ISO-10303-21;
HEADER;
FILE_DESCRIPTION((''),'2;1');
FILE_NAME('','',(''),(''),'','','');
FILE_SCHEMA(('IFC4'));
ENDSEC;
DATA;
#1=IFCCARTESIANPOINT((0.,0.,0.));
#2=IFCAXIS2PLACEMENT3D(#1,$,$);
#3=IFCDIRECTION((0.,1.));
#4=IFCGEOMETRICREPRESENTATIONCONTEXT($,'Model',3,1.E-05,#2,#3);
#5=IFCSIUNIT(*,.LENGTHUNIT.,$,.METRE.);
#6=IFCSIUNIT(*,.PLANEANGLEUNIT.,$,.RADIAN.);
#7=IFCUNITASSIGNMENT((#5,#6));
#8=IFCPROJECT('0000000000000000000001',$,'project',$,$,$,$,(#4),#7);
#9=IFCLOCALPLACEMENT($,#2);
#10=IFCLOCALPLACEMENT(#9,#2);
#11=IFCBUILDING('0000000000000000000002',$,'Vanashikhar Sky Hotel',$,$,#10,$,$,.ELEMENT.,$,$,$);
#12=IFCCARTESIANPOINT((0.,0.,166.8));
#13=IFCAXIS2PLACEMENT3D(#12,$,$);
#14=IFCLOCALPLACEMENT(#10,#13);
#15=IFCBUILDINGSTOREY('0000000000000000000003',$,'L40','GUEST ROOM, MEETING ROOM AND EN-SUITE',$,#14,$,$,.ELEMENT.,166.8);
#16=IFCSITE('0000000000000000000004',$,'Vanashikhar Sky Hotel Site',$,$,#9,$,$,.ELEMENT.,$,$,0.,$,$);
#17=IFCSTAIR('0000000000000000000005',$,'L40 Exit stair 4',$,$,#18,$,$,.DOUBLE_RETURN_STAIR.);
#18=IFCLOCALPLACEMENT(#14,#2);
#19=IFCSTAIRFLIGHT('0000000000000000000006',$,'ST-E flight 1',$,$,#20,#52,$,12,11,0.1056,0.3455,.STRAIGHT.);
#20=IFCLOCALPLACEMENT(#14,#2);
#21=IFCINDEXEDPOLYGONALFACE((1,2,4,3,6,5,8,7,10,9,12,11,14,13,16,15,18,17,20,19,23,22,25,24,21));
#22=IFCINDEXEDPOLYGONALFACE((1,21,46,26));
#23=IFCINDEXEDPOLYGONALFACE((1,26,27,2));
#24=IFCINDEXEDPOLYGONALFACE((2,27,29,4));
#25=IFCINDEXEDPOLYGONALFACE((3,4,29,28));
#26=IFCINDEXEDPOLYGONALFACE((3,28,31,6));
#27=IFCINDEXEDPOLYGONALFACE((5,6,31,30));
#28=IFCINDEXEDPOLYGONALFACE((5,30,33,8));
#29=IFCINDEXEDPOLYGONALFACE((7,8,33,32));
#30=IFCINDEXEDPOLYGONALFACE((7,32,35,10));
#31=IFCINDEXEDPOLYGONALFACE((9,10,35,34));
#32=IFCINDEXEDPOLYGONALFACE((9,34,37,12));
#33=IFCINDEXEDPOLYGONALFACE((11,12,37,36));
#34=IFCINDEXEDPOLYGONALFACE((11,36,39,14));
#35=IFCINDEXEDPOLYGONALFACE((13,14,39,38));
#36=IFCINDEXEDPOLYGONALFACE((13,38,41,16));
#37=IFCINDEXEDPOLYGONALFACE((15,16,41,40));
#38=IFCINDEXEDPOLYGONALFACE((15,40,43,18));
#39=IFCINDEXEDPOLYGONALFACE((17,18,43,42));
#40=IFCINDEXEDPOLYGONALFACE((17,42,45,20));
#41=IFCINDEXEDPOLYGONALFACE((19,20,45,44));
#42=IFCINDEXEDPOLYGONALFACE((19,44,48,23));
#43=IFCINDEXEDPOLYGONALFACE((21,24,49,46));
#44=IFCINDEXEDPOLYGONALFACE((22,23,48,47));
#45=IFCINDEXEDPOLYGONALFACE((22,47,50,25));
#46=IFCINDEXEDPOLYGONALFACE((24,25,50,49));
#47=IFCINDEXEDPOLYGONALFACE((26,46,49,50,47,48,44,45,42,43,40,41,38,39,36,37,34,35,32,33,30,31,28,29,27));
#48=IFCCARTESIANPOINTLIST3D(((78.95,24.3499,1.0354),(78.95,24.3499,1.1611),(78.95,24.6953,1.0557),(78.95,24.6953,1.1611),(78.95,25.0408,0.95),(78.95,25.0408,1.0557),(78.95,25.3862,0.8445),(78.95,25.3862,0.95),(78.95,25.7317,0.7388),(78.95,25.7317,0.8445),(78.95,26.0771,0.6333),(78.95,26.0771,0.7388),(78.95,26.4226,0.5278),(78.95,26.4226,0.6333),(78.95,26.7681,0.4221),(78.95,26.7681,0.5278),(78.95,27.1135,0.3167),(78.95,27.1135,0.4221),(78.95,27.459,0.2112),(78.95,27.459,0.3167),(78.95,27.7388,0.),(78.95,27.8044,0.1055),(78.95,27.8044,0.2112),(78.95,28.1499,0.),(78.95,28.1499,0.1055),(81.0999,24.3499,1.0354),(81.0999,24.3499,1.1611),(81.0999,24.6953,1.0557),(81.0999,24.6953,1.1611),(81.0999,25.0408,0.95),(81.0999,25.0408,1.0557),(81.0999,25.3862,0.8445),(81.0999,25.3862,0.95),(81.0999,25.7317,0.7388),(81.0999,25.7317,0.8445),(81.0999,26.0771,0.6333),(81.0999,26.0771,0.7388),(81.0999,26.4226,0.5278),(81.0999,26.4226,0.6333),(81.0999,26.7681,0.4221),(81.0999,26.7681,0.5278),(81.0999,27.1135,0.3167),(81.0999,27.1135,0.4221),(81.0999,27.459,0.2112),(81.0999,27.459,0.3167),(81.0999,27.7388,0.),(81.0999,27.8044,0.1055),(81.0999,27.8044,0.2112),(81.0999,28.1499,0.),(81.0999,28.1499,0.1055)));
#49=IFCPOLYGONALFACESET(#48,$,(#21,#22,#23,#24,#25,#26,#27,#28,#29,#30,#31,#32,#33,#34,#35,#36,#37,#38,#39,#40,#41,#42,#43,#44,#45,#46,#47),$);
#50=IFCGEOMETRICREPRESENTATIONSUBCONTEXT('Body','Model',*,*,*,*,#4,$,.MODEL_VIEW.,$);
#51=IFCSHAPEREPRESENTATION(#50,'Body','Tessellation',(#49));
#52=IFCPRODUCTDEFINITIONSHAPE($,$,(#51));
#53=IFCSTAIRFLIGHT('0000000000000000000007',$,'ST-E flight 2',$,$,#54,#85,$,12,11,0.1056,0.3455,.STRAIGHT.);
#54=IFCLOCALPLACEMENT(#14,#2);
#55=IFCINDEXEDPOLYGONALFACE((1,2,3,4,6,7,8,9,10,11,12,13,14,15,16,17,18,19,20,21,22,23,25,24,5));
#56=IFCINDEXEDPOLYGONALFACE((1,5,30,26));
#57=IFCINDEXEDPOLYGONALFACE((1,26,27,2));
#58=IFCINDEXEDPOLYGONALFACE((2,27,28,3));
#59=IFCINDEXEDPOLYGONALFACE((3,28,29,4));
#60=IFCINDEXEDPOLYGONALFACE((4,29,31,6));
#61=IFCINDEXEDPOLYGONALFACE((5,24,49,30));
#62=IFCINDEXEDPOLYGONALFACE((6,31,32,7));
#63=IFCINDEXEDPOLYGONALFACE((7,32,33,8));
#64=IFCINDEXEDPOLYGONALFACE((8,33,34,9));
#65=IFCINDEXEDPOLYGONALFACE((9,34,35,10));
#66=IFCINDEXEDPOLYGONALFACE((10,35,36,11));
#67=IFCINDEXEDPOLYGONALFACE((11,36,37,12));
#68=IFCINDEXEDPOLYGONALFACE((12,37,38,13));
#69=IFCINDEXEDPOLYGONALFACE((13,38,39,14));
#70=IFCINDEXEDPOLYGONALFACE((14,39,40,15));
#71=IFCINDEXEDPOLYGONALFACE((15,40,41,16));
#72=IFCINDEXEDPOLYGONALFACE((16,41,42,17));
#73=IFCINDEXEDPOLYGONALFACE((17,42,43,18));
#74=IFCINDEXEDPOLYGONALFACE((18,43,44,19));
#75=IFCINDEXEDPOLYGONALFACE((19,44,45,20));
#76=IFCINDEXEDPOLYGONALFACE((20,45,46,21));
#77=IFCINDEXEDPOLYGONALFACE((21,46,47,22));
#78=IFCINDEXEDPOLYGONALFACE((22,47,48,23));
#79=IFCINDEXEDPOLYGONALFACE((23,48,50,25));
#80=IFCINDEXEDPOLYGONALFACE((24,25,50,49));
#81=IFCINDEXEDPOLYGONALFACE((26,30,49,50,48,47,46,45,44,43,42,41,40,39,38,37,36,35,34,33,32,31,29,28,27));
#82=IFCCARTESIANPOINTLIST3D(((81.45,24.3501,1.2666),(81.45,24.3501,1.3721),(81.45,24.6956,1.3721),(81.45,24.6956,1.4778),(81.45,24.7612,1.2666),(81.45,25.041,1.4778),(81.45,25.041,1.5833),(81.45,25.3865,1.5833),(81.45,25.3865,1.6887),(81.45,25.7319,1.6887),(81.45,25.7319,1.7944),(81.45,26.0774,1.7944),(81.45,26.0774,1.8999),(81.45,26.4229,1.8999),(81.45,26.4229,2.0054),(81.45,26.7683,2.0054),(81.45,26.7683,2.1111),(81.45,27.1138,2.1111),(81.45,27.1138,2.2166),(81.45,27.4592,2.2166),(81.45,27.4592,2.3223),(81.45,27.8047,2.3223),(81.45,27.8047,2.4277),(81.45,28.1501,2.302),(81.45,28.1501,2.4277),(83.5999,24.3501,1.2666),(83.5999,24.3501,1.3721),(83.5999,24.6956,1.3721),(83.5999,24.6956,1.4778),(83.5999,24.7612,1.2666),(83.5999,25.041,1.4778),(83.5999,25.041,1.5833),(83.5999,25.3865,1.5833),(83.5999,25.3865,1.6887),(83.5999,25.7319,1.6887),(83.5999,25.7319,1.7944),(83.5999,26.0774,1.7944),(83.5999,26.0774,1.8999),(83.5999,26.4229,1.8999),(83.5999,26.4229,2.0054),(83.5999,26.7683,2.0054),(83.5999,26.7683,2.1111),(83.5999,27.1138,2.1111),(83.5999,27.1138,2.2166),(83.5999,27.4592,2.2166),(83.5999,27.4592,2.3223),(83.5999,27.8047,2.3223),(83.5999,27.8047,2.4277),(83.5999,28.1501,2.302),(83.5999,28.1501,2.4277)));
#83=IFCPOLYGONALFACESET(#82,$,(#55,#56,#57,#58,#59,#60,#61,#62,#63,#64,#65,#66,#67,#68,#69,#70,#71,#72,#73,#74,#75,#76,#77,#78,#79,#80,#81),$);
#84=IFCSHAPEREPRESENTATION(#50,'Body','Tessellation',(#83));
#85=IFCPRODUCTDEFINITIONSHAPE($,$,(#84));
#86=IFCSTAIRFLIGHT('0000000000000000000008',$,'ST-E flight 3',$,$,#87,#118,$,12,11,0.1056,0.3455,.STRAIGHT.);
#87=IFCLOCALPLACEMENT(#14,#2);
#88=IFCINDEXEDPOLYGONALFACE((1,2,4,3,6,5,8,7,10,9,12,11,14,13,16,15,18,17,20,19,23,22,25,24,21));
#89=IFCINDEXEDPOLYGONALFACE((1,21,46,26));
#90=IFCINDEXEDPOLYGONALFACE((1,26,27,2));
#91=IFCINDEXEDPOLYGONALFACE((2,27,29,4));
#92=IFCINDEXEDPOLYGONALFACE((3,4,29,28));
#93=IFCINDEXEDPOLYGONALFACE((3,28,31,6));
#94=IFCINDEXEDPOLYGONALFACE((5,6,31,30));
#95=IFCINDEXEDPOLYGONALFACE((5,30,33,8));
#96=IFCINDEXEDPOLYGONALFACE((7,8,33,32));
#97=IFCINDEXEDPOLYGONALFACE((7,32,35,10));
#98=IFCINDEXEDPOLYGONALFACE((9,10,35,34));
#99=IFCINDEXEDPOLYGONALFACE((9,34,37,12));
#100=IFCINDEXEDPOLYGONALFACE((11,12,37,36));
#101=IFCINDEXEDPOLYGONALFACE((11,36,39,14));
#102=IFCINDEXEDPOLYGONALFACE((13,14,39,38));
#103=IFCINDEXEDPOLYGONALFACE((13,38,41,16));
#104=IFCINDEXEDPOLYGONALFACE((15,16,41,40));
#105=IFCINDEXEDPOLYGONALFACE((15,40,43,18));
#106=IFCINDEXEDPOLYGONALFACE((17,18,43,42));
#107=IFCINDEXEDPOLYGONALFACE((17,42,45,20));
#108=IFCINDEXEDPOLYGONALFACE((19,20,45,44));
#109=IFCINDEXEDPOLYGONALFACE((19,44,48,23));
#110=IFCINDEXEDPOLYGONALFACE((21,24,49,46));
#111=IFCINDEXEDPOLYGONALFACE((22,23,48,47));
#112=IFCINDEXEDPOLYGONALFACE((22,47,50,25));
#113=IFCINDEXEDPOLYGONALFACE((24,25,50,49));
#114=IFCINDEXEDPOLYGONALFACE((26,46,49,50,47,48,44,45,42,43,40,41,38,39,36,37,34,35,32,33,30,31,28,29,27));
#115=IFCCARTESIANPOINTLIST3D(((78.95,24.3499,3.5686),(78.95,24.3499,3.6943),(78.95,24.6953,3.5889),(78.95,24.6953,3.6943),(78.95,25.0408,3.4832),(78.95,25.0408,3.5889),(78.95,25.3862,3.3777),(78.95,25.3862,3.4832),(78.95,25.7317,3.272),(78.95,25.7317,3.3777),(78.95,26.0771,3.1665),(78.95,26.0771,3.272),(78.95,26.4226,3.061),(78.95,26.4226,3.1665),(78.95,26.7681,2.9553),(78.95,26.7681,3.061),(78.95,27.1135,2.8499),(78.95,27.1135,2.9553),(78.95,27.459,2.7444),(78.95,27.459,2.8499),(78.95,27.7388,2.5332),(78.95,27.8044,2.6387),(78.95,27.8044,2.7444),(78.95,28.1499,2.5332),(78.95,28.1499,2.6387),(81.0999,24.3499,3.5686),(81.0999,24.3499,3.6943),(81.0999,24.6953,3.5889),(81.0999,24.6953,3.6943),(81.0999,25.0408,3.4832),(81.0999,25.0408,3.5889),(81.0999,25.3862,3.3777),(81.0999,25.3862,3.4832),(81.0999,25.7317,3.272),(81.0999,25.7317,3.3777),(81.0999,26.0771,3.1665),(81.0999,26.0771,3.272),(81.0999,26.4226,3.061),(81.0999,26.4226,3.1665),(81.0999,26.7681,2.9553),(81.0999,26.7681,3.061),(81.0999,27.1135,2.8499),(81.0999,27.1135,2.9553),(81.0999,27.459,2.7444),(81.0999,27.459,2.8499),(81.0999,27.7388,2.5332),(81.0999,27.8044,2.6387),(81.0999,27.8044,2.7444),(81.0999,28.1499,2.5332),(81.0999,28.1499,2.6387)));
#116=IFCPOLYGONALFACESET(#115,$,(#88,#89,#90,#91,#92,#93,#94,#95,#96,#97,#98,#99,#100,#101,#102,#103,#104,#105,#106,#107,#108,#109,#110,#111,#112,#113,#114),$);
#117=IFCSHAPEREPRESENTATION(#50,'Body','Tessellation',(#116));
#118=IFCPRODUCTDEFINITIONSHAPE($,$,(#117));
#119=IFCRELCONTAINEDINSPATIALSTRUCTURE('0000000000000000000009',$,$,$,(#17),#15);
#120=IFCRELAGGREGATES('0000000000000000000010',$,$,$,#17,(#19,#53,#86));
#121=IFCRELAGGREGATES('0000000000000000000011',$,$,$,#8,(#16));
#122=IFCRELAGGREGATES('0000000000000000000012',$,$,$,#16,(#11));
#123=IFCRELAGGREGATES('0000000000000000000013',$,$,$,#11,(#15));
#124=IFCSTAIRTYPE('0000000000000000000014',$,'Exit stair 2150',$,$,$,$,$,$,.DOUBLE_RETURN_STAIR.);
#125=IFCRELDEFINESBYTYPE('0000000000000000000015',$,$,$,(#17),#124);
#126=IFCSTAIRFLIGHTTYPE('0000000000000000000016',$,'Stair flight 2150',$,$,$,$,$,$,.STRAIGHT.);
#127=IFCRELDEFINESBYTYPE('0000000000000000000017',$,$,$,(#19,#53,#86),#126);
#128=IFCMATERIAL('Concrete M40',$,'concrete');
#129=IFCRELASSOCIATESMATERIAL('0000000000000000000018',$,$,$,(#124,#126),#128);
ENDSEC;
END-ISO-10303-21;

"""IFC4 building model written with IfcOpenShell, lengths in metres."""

from ifc_helpers import new_model, si_unit, direction, frame, origin, place, context, subcontext, project, spatial, polyline, outline, extrude, source, transform, mapped, material, type_object, element, aggregate, save


model = new_model("IFC4")

# Units and contexts
model_context = context("Model", 3, precision=1e-05, world=origin(), true_north=direction((0.0, 1.0)))
body_context = subcontext(model_context, "Body", "Model", "MODEL_VIEW")
ifc_project = project(units=[si_unit("LENGTHUNIT", "METRE"), si_unit("PLANEANGLEUNIT", "RADIAN")], contexts=[model_context])

# Site, building, storey
site_placement = place(None, origin())
site = spatial("IfcSite", under=ifc_project, at=site_placement, Name="Vanashikhar Sky Hotel Site", CompositionType="ELEMENT", RefElevation=0.0)
building_placement = place(site_placement, origin())
building = spatial("IfcBuilding", under=site, at=building_placement, Name="Vanashikhar Sky Hotel", CompositionType="ELEMENT")
storey_placement = place(building_placement, frame((0.0, 0.0, 166.8)))
storey = spatial("IfcBuildingStorey", under=building, at=storey_placement, Name="L40", Description="GUEST ROOM, MEETING ROOM AND EN-SUITE", CompositionType="ELEMENT", Elevation=166.8)

# Shared definitions
ifc_material_1 = material(Name="Concrete M40", Category="concrete")
stair_type = type_object("IfcStairType", Name="Exit stair 2150", PredefinedType="DOUBLE_RETURN_STAIR", material=ifc_material_1)
stair_flight_type = type_object("IfcStairFlightType", Name="Stair flight 2150", PredefinedType="STRAIGHT", material=ifc_material_1)
shared_shape_1 = source(origin(), body_context, "Body", "SweptSolid", [
    extrude(outline(polyline([(0.0, 0.0), (0.0, 0.1055), (0.3455, 0.1055), (0.3455, 0.2112), (0.6909, 0.2112), (0.6909, 0.3167), (1.0364, 0.3167), (1.0364, 0.4221), (1.3818, 0.4221), (1.3818, 0.5278), (1.7273, 0.5278), (1.7273, 0.6333), (2.0728, 0.6333), (2.0728, 0.7388), (2.4182, 0.7388), (2.4182, 0.8445), (2.7637, 0.8445), (2.7637, 0.95), (3.1091, 0.95), (3.1091, 1.0557), (3.4546, 1.0557), (3.4546, 1.1611), (3.8, 1.1611), (3.8, 1.2666), (3.8, 1.0354), (0.4111, 0.0), (0.0, 0.0)])), frame((0.0, 1.075, 0.0), z_axis=(0.0, -1.0, 0.0), x_axis=(1.0, 0.0, 0.0)), (0.0, 0.0, 1.0), 2.1499),
])

# Stair, stair flights
stair_1_placement = place(storey_placement, origin())
stair_1 = element("IfcStair", 1, at=stair_1_placement, inside=storey, type_object=stair_type, Name="L40 Exit stair 4", PredefinedType="DOUBLE_RETURN_STAIR")
stair_flight_1_placement = place(storey_placement, frame((80.0249, 28.1499, 0.0), z_axis=(0.0, 0.0, 1.0), x_axis=(0.0, -1.0, 0.0)))
stair_flight_1 = element("IfcStairFlight", 2, at=stair_flight_1_placement, type_object=stair_flight_type, Name="ST-E flight 1", NumberOfRisers=12, NumberOfTreads=11, PredefinedType="STRAIGHT", RiserHeight=0.1056, TreadLength=0.3455, context=body_context, shape_type="MappedRepresentation", body=[
    mapped(shared_shape_1, transform((0.0, 0.0, 0.0), scale=1.0)),
])
stair_flight_2_placement = place(storey_placement, frame((82.5249, 24.3501, 1.2666), z_axis=(0.0, 0.0, 1.0), x_axis=(0.0, 1.0, 0.0)))
stair_flight_2 = element("IfcStairFlight", 3, at=stair_flight_2_placement, type_object=stair_flight_type, Name="ST-E flight 2", NumberOfRisers=12, NumberOfTreads=11, PredefinedType="STRAIGHT", RiserHeight=0.1056, TreadLength=0.3455, context=body_context, shape_type="MappedRepresentation", body=[
    mapped(shared_shape_1, transform((0.0, 0.0, 0.0), scale=1.0)),
])
stair_flight_3_placement = place(storey_placement, frame((80.0249, 28.1499, 2.5332), z_axis=(0.0, 0.0, 1.0), x_axis=(0.0, -1.0, 0.0)))
stair_flight_3 = element("IfcStairFlight", 4, at=stair_flight_3_placement, type_object=stair_flight_type, Name="ST-E flight 3", NumberOfRisers=12, NumberOfTreads=11, PredefinedType="STRAIGHT", RiserHeight=0.1056, TreadLength=0.3455, context=body_context, shape_type="MappedRepresentation", body=[
    mapped(shared_shape_1, transform((0.0, 0.0, 0.0), scale=1.0)),
])
aggregate(stair_1, [stair_flight_1, stair_flight_2, stair_flight_3])

save(model, "model.ifc")
